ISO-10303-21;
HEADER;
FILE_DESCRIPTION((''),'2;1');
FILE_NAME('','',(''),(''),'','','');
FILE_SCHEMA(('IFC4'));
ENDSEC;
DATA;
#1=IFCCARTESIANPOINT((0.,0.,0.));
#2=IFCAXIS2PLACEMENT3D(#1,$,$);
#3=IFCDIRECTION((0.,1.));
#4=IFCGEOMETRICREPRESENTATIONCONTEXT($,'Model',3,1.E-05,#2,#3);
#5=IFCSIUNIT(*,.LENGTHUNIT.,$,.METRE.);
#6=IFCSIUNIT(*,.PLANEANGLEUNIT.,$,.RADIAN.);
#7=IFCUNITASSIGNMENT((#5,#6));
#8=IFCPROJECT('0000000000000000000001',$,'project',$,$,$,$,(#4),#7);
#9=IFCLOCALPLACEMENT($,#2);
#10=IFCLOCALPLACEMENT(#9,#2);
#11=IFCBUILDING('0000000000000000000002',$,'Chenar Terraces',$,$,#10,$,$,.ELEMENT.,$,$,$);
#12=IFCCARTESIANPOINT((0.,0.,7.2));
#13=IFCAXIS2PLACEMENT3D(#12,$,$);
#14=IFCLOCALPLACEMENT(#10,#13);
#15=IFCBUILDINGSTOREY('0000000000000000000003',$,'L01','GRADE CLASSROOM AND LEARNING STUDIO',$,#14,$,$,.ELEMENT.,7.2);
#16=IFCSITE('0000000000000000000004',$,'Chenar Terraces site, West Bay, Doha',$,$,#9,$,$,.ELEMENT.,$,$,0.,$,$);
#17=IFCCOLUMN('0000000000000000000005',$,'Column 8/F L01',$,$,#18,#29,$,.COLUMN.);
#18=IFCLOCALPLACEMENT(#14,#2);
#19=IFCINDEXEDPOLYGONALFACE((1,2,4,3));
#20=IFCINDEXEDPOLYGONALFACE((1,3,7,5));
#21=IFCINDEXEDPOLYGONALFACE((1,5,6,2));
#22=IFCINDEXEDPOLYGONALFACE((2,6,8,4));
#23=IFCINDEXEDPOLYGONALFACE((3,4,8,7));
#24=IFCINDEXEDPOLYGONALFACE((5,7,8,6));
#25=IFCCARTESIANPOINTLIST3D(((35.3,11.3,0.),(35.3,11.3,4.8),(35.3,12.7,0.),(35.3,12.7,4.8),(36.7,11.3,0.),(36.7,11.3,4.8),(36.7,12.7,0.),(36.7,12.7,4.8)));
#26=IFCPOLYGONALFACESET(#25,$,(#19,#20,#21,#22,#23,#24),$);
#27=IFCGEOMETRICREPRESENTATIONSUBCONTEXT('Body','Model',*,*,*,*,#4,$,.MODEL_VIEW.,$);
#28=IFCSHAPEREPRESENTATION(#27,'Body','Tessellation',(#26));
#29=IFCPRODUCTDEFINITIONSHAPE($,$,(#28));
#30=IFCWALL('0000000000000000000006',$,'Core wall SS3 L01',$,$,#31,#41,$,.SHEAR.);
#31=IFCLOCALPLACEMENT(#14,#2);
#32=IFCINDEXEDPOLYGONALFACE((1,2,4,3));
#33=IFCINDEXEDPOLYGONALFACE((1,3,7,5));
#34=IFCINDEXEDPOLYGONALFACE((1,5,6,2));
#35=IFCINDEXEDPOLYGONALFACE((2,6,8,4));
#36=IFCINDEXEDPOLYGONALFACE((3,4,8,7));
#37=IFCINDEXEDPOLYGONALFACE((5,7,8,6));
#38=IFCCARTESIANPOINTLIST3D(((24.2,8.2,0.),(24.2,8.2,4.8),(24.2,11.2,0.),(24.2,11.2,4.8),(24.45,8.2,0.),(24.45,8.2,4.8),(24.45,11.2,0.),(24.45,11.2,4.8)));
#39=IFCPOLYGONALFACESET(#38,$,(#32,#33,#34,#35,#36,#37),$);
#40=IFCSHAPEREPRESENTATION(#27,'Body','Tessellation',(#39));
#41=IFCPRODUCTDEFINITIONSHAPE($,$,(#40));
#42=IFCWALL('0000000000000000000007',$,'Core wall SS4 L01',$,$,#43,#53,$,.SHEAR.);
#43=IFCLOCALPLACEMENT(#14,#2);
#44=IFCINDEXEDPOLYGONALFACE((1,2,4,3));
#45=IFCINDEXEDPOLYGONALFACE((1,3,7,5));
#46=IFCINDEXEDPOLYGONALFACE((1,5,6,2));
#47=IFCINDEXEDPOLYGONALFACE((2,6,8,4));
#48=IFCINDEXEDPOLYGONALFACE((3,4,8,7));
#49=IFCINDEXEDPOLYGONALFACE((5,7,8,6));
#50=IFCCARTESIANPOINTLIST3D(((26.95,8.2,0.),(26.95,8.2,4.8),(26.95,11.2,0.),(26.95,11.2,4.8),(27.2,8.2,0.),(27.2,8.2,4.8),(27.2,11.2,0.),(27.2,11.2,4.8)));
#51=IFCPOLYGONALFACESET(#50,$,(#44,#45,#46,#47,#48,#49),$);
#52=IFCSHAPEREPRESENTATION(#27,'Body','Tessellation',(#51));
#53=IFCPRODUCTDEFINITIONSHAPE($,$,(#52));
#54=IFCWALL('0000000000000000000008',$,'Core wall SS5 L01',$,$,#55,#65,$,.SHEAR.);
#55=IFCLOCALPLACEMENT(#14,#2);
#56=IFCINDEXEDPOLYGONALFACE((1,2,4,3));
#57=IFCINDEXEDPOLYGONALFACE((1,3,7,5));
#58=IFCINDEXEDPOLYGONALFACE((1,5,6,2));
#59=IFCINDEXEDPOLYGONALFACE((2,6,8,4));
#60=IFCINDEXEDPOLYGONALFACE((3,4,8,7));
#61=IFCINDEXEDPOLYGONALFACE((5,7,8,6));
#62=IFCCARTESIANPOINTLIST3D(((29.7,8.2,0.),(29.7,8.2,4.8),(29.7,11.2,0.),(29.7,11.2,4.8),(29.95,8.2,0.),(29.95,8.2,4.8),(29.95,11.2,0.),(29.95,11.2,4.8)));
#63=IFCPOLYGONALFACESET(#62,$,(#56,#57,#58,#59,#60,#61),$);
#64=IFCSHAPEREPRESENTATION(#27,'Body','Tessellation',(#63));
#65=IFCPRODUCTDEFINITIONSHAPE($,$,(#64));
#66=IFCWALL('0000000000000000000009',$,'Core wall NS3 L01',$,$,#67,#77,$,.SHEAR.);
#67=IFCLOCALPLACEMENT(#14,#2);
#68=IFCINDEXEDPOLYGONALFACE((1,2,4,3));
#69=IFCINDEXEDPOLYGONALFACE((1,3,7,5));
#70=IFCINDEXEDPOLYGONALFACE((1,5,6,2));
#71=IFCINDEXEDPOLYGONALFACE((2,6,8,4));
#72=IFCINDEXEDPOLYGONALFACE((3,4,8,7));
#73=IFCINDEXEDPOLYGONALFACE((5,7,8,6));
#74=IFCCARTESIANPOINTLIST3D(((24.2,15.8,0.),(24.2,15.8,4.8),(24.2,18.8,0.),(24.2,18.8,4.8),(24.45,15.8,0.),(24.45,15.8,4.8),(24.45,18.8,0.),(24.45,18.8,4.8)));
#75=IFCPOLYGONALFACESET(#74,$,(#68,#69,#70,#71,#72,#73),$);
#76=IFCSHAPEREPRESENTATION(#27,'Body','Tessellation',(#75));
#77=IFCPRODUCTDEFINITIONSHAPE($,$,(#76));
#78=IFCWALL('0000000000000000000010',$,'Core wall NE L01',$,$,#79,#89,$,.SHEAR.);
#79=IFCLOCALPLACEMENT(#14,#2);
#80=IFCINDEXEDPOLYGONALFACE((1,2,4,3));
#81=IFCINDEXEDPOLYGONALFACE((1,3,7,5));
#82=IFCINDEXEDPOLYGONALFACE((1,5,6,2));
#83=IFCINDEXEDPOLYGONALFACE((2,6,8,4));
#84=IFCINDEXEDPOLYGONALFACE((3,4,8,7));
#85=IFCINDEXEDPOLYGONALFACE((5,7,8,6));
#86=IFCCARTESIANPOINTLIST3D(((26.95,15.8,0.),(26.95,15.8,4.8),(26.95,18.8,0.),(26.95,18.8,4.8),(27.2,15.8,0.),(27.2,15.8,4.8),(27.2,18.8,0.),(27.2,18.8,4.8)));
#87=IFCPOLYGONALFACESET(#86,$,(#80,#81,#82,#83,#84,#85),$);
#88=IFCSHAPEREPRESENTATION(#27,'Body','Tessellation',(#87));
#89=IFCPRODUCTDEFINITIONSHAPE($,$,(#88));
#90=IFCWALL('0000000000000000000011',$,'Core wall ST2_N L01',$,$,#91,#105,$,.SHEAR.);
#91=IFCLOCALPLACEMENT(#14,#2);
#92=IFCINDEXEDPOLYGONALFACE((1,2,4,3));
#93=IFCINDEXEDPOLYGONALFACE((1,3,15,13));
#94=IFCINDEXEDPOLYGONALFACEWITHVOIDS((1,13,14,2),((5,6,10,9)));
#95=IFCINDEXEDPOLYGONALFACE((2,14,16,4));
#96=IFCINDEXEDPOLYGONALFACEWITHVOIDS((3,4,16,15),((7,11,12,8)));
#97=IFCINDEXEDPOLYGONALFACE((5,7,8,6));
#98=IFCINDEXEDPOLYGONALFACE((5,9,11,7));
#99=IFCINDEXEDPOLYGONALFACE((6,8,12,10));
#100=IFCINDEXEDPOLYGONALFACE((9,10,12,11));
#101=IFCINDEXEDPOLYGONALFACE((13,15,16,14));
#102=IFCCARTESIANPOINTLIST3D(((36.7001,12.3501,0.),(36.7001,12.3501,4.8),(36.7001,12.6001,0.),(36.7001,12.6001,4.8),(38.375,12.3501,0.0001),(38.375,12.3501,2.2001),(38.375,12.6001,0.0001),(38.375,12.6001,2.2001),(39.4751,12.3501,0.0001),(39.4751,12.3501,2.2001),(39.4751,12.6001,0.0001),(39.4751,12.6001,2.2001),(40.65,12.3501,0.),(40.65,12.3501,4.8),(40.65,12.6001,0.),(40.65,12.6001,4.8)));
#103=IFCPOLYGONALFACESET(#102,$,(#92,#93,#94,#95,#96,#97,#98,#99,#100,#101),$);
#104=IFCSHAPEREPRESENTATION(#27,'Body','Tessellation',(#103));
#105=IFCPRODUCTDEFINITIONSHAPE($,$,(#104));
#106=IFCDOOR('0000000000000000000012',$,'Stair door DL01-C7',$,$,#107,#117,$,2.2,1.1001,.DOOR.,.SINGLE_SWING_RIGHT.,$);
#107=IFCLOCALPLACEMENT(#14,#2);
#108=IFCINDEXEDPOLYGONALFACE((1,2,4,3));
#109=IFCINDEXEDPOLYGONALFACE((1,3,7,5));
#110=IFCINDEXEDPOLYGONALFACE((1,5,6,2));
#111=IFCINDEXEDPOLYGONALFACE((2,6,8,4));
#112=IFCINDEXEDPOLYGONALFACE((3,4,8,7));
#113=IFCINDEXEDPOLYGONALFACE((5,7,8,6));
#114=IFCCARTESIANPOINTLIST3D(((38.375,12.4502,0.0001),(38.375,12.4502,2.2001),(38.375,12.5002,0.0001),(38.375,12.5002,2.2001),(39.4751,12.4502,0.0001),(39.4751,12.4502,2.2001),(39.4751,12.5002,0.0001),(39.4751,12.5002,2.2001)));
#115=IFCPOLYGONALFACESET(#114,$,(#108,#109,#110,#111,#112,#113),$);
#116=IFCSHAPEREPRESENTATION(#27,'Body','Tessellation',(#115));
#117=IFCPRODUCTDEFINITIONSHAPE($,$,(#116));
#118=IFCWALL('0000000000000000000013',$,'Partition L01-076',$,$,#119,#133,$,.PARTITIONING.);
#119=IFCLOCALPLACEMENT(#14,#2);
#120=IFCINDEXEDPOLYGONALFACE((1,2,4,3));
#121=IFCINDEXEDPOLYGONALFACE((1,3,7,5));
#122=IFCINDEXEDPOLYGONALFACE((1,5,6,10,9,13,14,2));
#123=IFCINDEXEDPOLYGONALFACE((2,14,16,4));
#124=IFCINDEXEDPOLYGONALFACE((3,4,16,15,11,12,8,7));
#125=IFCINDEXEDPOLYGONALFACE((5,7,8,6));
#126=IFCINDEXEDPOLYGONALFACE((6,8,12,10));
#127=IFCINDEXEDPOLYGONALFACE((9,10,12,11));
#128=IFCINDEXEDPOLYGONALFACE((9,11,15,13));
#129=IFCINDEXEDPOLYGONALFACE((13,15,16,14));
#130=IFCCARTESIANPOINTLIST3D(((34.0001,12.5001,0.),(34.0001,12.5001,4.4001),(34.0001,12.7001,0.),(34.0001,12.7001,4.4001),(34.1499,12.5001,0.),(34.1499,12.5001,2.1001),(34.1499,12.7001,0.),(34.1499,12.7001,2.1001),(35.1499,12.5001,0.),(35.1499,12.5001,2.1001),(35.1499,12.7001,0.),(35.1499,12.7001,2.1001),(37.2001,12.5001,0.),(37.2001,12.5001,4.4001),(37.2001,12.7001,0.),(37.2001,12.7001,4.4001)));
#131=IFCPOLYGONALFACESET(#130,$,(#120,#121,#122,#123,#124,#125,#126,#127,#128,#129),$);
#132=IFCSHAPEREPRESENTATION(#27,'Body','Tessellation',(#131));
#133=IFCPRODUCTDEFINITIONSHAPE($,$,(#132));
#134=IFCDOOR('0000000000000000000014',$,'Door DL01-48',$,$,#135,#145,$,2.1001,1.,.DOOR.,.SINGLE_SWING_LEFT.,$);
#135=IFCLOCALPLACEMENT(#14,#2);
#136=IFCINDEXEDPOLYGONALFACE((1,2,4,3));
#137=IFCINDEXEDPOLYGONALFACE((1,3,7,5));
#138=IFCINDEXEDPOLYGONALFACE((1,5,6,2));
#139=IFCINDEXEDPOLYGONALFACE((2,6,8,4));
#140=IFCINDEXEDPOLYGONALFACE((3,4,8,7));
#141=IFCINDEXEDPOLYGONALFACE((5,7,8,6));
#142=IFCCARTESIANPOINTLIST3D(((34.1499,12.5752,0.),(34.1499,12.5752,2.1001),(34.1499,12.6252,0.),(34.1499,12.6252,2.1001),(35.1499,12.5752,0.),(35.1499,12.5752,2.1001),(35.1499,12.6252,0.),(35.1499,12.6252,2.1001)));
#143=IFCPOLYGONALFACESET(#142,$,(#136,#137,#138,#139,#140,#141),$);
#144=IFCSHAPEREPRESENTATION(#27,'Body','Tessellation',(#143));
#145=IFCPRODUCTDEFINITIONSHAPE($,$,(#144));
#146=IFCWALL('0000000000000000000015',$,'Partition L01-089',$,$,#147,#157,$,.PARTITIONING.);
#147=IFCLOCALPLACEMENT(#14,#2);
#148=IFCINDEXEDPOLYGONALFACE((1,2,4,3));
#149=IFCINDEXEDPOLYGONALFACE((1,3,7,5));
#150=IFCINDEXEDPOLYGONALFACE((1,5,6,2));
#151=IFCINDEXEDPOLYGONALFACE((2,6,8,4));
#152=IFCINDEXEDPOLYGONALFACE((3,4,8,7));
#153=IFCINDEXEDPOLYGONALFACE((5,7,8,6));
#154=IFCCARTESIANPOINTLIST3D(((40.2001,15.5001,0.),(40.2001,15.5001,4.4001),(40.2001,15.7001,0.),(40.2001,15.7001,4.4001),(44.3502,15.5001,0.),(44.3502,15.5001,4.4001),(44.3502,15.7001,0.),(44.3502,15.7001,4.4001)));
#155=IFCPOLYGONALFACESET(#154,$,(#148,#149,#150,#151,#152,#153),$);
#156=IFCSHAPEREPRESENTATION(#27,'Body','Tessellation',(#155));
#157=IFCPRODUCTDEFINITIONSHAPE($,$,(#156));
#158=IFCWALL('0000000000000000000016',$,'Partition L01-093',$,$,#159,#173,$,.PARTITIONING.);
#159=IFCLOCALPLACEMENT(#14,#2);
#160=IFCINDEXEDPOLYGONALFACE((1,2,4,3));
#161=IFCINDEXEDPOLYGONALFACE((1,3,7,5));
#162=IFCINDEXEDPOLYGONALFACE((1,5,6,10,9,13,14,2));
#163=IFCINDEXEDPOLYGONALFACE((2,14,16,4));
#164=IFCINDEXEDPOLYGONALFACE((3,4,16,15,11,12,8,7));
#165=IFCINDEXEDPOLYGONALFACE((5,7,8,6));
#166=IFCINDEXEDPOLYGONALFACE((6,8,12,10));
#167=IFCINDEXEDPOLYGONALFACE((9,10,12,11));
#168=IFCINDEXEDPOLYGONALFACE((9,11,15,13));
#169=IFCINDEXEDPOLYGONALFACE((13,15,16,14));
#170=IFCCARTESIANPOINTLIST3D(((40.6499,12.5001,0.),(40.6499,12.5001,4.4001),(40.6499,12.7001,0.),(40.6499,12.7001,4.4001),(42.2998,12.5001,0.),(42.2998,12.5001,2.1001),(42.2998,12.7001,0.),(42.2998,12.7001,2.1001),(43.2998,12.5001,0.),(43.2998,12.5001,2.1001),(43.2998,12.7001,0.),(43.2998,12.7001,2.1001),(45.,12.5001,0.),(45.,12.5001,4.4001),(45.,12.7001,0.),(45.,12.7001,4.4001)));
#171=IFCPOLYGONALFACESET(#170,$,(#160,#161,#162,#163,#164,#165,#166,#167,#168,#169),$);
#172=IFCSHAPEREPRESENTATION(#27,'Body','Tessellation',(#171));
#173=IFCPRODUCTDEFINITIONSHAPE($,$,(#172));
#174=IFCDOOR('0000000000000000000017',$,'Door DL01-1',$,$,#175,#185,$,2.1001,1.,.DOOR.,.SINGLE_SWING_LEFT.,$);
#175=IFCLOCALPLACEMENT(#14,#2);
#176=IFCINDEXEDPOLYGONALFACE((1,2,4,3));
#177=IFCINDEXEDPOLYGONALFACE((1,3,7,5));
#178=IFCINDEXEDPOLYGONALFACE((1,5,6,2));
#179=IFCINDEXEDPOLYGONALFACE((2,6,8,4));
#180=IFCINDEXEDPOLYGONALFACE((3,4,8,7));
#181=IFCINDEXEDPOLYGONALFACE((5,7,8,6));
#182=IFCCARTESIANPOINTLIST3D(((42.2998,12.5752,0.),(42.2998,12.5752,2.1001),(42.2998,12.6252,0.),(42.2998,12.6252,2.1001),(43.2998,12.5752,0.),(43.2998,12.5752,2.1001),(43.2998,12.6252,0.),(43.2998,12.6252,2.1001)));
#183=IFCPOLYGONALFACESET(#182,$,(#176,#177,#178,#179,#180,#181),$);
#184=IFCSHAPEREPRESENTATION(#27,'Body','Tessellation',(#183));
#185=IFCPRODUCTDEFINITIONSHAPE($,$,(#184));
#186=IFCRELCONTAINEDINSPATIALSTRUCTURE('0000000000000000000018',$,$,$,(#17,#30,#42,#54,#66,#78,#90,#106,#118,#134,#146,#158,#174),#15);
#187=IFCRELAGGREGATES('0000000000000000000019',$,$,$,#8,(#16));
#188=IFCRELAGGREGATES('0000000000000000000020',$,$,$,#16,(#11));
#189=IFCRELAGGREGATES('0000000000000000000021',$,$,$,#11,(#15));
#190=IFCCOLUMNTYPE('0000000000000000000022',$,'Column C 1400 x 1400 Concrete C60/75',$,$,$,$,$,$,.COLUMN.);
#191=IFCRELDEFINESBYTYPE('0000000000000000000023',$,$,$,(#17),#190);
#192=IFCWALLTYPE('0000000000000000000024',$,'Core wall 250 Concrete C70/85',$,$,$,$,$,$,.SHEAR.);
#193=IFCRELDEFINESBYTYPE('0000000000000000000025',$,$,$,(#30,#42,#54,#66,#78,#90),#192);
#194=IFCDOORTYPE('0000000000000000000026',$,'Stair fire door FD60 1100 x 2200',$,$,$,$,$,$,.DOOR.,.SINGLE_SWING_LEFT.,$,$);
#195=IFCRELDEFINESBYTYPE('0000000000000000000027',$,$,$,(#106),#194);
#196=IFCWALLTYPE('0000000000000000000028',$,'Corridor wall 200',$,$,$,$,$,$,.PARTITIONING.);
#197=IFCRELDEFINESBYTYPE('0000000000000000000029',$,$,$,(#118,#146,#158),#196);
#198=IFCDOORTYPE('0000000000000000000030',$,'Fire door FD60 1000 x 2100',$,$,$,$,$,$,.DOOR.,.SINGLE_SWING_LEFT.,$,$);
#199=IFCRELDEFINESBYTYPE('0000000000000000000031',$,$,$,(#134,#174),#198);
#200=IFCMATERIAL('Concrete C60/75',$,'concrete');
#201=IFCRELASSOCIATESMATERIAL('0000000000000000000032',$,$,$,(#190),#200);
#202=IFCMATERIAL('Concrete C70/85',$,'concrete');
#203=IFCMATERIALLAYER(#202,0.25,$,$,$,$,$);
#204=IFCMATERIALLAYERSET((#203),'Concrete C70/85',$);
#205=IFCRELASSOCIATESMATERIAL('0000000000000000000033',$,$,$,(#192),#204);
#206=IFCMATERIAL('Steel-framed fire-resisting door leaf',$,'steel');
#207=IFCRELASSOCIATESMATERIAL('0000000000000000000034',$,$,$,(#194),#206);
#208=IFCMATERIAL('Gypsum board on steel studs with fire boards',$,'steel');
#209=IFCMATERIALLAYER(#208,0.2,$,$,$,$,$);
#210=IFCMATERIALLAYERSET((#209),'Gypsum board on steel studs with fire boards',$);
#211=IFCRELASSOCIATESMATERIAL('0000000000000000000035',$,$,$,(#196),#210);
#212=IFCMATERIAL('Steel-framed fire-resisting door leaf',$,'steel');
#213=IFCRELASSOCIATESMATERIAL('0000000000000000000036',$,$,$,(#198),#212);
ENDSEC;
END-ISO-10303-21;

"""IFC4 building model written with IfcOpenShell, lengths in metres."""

from ifc_helpers import new_model, si_unit, direction, frame, frame_2d, origin, origin_2d, place, context, subcontext, project, spatial, rectangle, extrude, material, layer, layer_set, material_profile, profile_set, type_object, element, fill, save


model = new_model("IFC4")

# Units and contexts
model_context = context("Model", 3, precision=1e-05, world=origin(), true_north=direction((0.0, 1.0)))
body_context = subcontext(model_context, "Body", "Model", "MODEL_VIEW")
ifc_project = project(units=[si_unit("LENGTHUNIT", "METRE"), si_unit("PLANEANGLEUNIT", "RADIAN")], contexts=[model_context])

# Site, building, storey
site_placement = place(None, origin())
site = spatial("IfcSite", under=ifc_project, at=site_placement, Name="Chenar Terraces site, West Bay, Doha", CompositionType="ELEMENT", RefElevation=0.0)
building_placement = place(site_placement, origin())
building = spatial("IfcBuilding", under=site, at=building_placement, Name="Chenar Terraces", CompositionType="ELEMENT")
storey_placement = place(building_placement, frame((0.0, 0.0, 7.2)))
storey = spatial("IfcBuildingStorey", under=building, at=storey_placement, Name="L01", Description="GRADE CLASSROOM AND LEARNING STUDIO", CompositionType="ELEMENT", Elevation=7.2)

# Column
ifc_material_1 = material(Name="Concrete C60/75", Category="concrete")
ifc_material_profile = material_profile(ifc_material_1, rectangle(XDim=1.3999, YDim=1.3999, at=origin_2d()), Name="C 1400 x 1400")
ifc_profile_set = profile_set([ifc_material_profile], Name="Concrete C60/75")
column_type = type_object("IfcColumnType", Name="Column C 1400 x 1400 Concrete C60/75", PredefinedType="COLUMN", material=ifc_profile_set)
column_placement = place(storey_placement, frame((36.0, 12.0, 0.0), z_axis=(0.0, 0.0, 1.0), x_axis=(1.0, 0.0, 0.0)))
element("IfcColumn", 1, at=column_placement, inside=storey, type_object=column_type, Name="Column 8/F L01", PredefinedType="COLUMN", context=body_context, shape_type="SweptSolid", body=[
    extrude(rectangle(XDim=1.3999, YDim=1.3999, at=origin_2d()), origin(), (0.0, 0.0, 1.0), 4.8),
])

# Walls
ifc_material_2 = material(Name="Concrete C70/85", Category="concrete")
ifc_layer_1 = layer(ifc_material_2, 0.25)
ifc_layer_set_1 = layer_set([ifc_layer_1], Name="Concrete C70/85")
wall_type_1 = type_object("IfcWallType", Name="Core wall 250 Concrete C70/85", PredefinedType="SHEAR", material=ifc_layer_set_1)
for number, where, z_axis, x_axis, name in (
    (2, (24.325, 8.2, 0.0), (0.0, 0.0, 1.0), (0.0, 1.0, 0.0), "Core wall SS3 L01"),
    (3, (27.075, 8.2, 0.0), (0.0, 0.0, 1.0), (0.0, 1.0, 0.0), "Core wall SS4 L01"),
    (4, (29.825, 8.2, 0.0), (0.0, 0.0, 1.0), (0.0, 1.0, 0.0), "Core wall SS5 L01"),
    (5, (24.325, 15.8, 0.0), (0.0, 0.0, 1.0), (0.0, 1.0, 0.0), "Core wall NS3 L01"),
    (6, (27.075, 15.8, 0.0), (0.0, 0.0, 1.0), (0.0, 1.0, 0.0), "Core wall NE L01"),
):
    element("IfcWall", number, at=place(storey_placement, frame(where, z_axis=z_axis, x_axis=x_axis)), inside=storey, type_object=wall_type_1, Name=name, PredefinedType="SHEAR", context=body_context, shape_type="SweptSolid", body=[
        extrude(rectangle(XDim=3.0, YDim=0.25, at=frame_2d((1.5, 0.0))), origin(), (0.0, 0.0, 1.0), 4.8),
    ])

# Walls, openings, doors
wall_1_placement = place(storey_placement, frame((36.7, 12.4751, 0.0), z_axis=(0.0, 0.0, 1.0), x_axis=(1.0, 0.0, 0.0)))
wall_1 = element("IfcWall", 7, at=wall_1_placement, inside=storey, type_object=wall_type_1, Name="Core wall ST2_N L01", PredefinedType="SHEAR", context=body_context, shape_type="SweptSolid", body=[
    extrude(rectangle(XDim=3.95, YDim=0.25, at=frame_2d((1.9751, 0.0))), origin(), (0.0, 0.0, 1.0), 4.8),
])
opening_1_placement = place(wall_1_placement, frame((1.675, 0.0, 0.0)))
opening_1 = element("IfcOpeningElement", 8, at=opening_1_placement, cuts=wall_1, PredefinedType="OPENING", context=body_context, shape_type="SweptSolid", body=[
    extrude(rectangle(XDim=1.1001, YDim=2.2, at=frame_2d((0.55, 1.1001))), frame((0.0, 0.135, 0.0), z_axis=(0.0, -1.0, 0.0), x_axis=(1.0, 0.0, 0.0)), (0.0, 0.0, 1.0), 0.27),
])
ifc_material_3 = material(Name="Steel-framed fire-resisting door leaf", Category="steel")
door_type_1 = type_object("IfcDoorType", Name="Stair fire door FD60 1100 x 2200", OperationType="SINGLE_SWING_LEFT", PredefinedType="DOOR", material=ifc_material_3)
door_1_placement = place(opening_1_placement, frame((1.1001, 0.0, 0.0), z_axis=(0.0, 0.0, 1.0), x_axis=(-1.0, 0.0, 0.0)))
door_1 = element("IfcDoor", 9, at=door_1_placement, inside=storey, type_object=door_type_1, Name="Stair door DL01-C7", OperationType="SINGLE_SWING_RIGHT", OverallHeight=2.2, OverallWidth=1.1001, PredefinedType="DOOR", context=body_context, shape_type="SweptSolid", body=[
    extrude(rectangle(XDim=1.1001, YDim=2.2, at=frame_2d((0.55, 1.1001))), frame((0.0, 0.0249, 0.0), z_axis=(0.0, -1.0, 0.0), x_axis=(1.0, 0.0, 0.0)), (0.0, 0.0, 1.0), 0.05),
])
fill(opening_1, door_1)
ifc_material_4 = material(Name="Gypsum board on steel studs with fire boards", Category="steel")
ifc_layer_2 = layer(ifc_material_4, 0.2)
ifc_layer_set_2 = layer_set([ifc_layer_2], Name="Gypsum board on steel studs with fire boards")
wall_type_2 = type_object("IfcWallType", Name="Corridor wall 200", PredefinedType="PARTITIONING", material=ifc_layer_set_2)
wall_2_placement = place(storey_placement, frame((34.0, 12.6001, 0.0), z_axis=(0.0, 0.0, 1.0), x_axis=(1.0, 0.0, 0.0)))
wall_2 = element("IfcWall", 10, at=wall_2_placement, inside=storey, type_object=wall_type_2, Name="Partition L01-076", PredefinedType="PARTITIONING", context=body_context, shape_type="SweptSolid", body=[
    extrude(rectangle(XDim=3.2, YDim=0.2, at=frame_2d((1.6001, 0.0))), origin(), (0.0, 0.0, 1.0), 4.4001),
])
opening_2_placement = place(wall_2_placement, frame((0.1499, 0.0, 0.0)))
opening_2 = element("IfcOpeningElement", 11, at=opening_2_placement, cuts=wall_2, PredefinedType="OPENING", context=body_context, shape_type="SweptSolid", body=[
    extrude(rectangle(XDim=1.0, YDim=2.1001, at=frame_2d((0.5, 1.05))), frame((0.0, 0.1099, 0.0), z_axis=(0.0, -1.0, 0.0), x_axis=(1.0, 0.0, 0.0)), (0.0, 0.0, 1.0), 0.22),
])
ifc_material_5 = material(Name="Steel-framed fire-resisting door leaf", Category="steel")
door_type_2 = type_object("IfcDoorType", Name="Fire door FD60 1000 x 2100", OperationType="SINGLE_SWING_LEFT", PredefinedType="DOOR", material=ifc_material_5)
door_2_placement = place(opening_2_placement, frame((1.0, 0.0, 0.0), z_axis=(0.0, 0.0, 1.0), x_axis=(-1.0, 0.0, 0.0)))
door_2 = element("IfcDoor", 12, at=door_2_placement, inside=storey, type_object=door_type_2, Name="Door DL01-48", OperationType="SINGLE_SWING_LEFT", OverallHeight=2.1001, OverallWidth=1.0, PredefinedType="DOOR", context=body_context, shape_type="SweptSolid", body=[
    extrude(rectangle(XDim=1.0, YDim=2.1001, at=frame_2d((0.5, 1.05))), frame((0.0, 0.0249, 0.0), z_axis=(0.0, -1.0, 0.0), x_axis=(1.0, 0.0, 0.0)), (0.0, 0.0, 1.0), 0.05),
])
fill(opening_2, door_2)

# Wall
wall_3_placement = place(storey_placement, frame((40.2, 15.6001, 0.0), z_axis=(0.0, 0.0, 1.0), x_axis=(1.0, 0.0, 0.0)))
element("IfcWall", 13, at=wall_3_placement, inside=storey, type_object=wall_type_2, Name="Partition L01-089", PredefinedType="PARTITIONING", context=body_context, shape_type="SweptSolid", body=[
    extrude(rectangle(XDim=4.1501, YDim=0.2, at=frame_2d((2.0752, 0.0))), origin(), (0.0, 0.0, 1.0), 4.4001),
])

# Wall, opening, door
wall_4_placement = place(storey_placement, frame((40.6499, 12.6001, 0.0), z_axis=(0.0, 0.0, 1.0), x_axis=(1.0, 0.0, 0.0)))
wall_4 = element("IfcWall", 14, at=wall_4_placement, inside=storey, type_object=wall_type_2, Name="Partition L01-093", PredefinedType="PARTITIONING", context=body_context, shape_type="SweptSolid", body=[
    extrude(rectangle(XDim=4.3501, YDim=0.2, at=frame_2d((2.175, 0.0))), origin(), (0.0, 0.0, 1.0), 4.4001),
])
opening_3_placement = place(wall_4_placement, frame((1.6499, 0.0, 0.0)))
opening_3 = element("IfcOpeningElement", 15, at=opening_3_placement, cuts=wall_4, PredefinedType="OPENING", context=body_context, shape_type="SweptSolid", body=[
    extrude(rectangle(XDim=1.0, YDim=2.1001, at=frame_2d((0.5, 1.05))), frame((0.0, 0.1099, 0.0), z_axis=(0.0, -1.0, 0.0), x_axis=(1.0, 0.0, 0.0)), (0.0, 0.0, 1.0), 0.22),
])
door_3_placement = place(opening_3_placement, frame((1.0, 0.0, 0.0), z_axis=(0.0, 0.0, 1.0), x_axis=(-1.0, 0.0, 0.0)))
door_3 = element("IfcDoor", 16, at=door_3_placement, inside=storey, type_object=door_type_2, Name="Door DL01-1", OperationType="SINGLE_SWING_LEFT", OverallHeight=2.1001, OverallWidth=1.0, PredefinedType="DOOR", context=body_context, shape_type="SweptSolid", body=[
    extrude(rectangle(XDim=1.0, YDim=2.1001, at=frame_2d((0.5, 1.05))), frame((0.0, 0.0249, 0.0), z_axis=(0.0, -1.0, 0.0), x_axis=(1.0, 0.0, 0.0)), (0.0, 0.0, 1.0), 0.05),
])
fill(opening_3, door_3)

save(model, "model.ifc")
